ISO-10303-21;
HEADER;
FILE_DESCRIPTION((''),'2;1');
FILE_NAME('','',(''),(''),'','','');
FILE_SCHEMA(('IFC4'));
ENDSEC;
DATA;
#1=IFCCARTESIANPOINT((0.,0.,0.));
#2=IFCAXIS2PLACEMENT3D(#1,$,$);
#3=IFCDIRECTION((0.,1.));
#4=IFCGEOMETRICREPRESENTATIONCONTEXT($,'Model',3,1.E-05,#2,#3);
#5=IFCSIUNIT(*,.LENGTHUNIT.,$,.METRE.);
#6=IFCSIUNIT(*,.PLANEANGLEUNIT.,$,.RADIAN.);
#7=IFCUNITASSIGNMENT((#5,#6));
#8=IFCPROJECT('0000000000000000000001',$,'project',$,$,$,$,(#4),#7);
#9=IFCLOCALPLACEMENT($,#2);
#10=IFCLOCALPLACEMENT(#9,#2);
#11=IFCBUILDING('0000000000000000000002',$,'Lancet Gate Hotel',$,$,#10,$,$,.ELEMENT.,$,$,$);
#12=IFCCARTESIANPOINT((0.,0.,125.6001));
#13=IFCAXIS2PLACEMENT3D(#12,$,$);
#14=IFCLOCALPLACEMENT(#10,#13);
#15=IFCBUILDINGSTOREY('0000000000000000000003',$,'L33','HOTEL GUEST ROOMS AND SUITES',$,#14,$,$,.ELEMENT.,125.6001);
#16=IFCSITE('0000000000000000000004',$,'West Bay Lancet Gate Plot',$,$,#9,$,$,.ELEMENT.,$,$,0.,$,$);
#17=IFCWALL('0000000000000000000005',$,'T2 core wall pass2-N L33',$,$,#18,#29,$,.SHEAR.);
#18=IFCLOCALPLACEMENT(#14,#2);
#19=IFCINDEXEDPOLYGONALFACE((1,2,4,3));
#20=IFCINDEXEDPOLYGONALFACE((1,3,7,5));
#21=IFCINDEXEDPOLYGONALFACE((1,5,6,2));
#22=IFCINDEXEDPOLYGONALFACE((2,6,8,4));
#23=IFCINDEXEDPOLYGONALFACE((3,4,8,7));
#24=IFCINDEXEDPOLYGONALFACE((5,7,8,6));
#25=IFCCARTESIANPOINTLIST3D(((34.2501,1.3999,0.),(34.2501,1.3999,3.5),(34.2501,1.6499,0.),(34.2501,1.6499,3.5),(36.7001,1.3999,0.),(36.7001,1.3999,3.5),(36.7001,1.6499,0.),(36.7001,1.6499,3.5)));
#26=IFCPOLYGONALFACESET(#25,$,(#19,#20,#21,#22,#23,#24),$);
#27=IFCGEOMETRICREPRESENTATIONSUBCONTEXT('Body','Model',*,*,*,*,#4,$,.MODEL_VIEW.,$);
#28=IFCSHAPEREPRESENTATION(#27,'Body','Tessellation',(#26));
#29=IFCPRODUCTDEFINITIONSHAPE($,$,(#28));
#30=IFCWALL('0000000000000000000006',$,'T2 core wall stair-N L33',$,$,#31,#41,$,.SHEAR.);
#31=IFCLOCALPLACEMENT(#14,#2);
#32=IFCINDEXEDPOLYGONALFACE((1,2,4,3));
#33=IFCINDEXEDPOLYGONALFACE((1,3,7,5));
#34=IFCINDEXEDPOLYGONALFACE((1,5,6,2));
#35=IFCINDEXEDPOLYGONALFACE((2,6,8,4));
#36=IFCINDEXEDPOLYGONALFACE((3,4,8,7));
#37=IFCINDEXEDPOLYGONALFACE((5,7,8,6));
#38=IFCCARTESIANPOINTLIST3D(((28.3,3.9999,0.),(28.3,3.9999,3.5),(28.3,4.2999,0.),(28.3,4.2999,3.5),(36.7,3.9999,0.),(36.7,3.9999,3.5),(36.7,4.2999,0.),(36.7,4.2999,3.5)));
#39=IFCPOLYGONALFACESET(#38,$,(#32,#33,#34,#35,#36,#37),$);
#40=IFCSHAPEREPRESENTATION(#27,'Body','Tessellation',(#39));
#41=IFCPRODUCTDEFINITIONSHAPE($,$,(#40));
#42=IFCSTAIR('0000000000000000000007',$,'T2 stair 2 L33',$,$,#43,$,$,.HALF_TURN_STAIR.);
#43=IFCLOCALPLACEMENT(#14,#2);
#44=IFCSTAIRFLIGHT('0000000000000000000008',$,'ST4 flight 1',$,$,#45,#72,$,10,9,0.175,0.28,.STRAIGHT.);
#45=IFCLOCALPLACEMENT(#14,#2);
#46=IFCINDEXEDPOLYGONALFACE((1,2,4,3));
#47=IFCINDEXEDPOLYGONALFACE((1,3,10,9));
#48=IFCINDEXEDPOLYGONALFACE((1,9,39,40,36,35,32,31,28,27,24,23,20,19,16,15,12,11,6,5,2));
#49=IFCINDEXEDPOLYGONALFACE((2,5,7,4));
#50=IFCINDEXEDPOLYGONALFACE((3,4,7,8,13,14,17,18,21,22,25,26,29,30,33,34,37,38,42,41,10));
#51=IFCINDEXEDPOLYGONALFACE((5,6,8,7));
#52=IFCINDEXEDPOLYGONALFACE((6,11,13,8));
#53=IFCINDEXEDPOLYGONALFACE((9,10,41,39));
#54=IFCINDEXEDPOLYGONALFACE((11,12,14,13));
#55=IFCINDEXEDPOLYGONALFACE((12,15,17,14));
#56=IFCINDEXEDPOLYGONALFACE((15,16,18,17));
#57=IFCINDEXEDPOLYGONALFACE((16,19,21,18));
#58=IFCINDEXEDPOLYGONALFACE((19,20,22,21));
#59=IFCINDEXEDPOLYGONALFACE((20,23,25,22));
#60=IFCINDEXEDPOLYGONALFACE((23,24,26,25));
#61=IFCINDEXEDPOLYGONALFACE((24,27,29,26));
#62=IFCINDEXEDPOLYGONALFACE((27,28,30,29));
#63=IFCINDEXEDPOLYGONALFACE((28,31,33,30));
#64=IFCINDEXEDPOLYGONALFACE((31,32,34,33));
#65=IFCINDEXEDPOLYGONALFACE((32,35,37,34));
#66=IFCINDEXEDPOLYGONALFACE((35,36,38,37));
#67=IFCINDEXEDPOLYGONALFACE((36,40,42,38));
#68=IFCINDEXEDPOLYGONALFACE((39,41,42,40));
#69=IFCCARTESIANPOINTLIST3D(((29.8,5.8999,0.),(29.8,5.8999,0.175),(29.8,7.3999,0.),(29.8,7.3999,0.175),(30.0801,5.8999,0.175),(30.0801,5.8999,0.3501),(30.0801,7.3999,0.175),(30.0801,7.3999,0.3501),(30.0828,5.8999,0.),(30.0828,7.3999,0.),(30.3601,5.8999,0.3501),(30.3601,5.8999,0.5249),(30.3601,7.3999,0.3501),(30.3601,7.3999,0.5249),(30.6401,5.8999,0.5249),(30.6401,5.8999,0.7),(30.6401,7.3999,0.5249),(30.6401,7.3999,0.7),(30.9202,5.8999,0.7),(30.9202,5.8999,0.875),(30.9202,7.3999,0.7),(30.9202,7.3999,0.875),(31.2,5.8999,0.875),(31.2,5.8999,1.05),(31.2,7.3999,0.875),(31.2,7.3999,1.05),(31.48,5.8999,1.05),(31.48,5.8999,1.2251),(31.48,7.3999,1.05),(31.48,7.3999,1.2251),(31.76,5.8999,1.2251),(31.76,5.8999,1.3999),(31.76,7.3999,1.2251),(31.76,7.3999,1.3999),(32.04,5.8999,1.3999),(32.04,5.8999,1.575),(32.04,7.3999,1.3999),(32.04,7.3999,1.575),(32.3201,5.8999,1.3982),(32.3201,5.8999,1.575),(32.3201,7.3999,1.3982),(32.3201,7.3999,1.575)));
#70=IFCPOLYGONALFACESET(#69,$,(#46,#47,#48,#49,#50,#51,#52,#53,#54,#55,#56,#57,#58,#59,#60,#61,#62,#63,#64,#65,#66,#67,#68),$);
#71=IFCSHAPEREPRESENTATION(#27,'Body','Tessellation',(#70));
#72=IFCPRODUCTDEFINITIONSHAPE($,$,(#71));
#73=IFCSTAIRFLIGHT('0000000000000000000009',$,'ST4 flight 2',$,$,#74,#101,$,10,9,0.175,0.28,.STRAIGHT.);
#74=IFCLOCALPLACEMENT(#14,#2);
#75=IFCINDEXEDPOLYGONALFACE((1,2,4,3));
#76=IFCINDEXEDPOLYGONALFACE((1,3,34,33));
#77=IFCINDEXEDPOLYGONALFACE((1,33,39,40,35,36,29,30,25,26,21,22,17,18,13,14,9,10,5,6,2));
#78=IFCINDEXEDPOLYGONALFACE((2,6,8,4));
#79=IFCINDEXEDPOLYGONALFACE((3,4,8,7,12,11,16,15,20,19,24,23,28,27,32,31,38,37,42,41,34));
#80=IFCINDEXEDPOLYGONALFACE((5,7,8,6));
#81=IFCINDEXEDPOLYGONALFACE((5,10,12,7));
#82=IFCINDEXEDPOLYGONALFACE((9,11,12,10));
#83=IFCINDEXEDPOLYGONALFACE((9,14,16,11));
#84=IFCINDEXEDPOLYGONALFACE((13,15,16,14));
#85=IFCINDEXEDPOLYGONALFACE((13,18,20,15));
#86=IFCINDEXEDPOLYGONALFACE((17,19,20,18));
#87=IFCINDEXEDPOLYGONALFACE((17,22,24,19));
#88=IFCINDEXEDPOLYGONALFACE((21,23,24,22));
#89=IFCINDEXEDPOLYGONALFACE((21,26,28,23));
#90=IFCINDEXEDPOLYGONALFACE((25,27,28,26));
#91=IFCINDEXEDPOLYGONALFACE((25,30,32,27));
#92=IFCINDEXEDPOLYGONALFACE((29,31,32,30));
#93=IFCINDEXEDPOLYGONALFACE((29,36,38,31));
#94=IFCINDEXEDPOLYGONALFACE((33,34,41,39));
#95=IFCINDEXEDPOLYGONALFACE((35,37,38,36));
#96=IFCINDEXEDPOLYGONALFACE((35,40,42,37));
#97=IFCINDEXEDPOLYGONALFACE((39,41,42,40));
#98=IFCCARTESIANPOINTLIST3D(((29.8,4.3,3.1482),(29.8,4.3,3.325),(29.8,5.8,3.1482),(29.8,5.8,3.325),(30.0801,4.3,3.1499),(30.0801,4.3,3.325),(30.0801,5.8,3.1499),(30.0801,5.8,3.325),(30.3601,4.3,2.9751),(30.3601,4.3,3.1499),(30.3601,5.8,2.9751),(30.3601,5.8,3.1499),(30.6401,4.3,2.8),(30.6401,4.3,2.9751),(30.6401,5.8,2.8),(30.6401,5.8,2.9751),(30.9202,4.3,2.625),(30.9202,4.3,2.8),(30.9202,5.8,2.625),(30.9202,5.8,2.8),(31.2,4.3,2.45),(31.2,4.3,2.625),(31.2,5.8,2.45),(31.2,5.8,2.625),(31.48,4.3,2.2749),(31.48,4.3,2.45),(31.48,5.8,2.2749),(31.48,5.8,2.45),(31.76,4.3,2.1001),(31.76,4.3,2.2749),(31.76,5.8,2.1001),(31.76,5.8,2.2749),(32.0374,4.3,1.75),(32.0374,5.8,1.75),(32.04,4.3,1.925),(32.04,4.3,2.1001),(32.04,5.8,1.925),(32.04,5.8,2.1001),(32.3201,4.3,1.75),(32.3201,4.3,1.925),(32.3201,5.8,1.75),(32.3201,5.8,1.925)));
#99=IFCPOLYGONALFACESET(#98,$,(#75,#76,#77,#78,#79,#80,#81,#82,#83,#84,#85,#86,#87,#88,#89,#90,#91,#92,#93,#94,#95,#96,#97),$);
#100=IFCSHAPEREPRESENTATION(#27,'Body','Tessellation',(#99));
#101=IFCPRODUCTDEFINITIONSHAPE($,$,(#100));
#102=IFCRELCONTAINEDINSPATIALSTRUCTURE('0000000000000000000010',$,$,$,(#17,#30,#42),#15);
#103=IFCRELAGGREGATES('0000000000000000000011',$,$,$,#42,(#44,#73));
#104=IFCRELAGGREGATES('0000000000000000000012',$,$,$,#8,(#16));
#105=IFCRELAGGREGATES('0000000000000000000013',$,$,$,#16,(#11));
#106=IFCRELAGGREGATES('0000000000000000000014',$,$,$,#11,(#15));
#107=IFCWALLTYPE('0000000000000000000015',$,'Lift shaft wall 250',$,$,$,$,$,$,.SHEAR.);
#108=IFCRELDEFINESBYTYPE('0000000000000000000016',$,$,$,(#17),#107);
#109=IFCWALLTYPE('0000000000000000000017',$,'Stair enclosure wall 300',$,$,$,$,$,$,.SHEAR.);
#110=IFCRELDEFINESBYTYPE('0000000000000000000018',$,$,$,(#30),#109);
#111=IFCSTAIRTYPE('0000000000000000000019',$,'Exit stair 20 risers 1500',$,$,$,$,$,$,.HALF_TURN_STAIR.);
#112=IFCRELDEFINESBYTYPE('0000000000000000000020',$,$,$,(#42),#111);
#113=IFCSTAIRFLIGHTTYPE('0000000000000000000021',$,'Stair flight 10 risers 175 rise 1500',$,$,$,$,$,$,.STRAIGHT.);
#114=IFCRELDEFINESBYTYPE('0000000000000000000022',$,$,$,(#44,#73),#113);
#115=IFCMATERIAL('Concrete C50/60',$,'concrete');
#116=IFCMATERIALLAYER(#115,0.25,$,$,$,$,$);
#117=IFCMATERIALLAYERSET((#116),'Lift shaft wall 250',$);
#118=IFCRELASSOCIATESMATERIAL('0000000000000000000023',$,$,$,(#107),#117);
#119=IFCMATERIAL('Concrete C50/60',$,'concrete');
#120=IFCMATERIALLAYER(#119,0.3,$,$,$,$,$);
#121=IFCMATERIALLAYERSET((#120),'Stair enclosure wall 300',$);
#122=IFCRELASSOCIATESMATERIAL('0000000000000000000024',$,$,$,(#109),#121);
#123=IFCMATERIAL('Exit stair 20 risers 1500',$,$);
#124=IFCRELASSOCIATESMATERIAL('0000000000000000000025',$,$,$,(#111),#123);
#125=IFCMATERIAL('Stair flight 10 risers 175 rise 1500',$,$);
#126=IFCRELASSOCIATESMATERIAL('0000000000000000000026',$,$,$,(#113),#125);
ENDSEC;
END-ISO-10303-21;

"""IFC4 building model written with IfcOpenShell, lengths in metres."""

from ifc_helpers import new_model, si_unit, direction, frame, frame_2d, origin, place, context, subcontext, project, spatial, polyline, rectangle, outline, extrude, material, layer, layer_set, type_object, element, aggregate, save


model = new_model("IFC4")

# Units and contexts
model_context = context("Model", 3, precision=1e-05, world=origin(), true_north=direction((0.0, 1.0)))
body_context = subcontext(model_context, "Body", "Model", "MODEL_VIEW")
ifc_project = project(units=[si_unit("LENGTHUNIT", "METRE"), si_unit("PLANEANGLEUNIT", "RADIAN")], contexts=[model_context])

# Site, building, storey
site_placement = place(None, origin())
site = spatial("IfcSite", under=ifc_project, at=site_placement, Name="West Bay Lancet Gate Plot", CompositionType="ELEMENT", RefElevation=0.0)
building_placement = place(site_placement, origin())
building = spatial("IfcBuilding", under=site, at=building_placement, Name="Lancet Gate Hotel", CompositionType="ELEMENT")
storey_placement = place(building_placement, frame((0.0, 0.0, 125.6001)))
storey = spatial("IfcBuildingStorey", under=building, at=storey_placement, Name="L33", Description="HOTEL GUEST ROOMS AND SUITES", CompositionType="ELEMENT", Elevation=125.6001)

# Shared definitions
ifc_material_1 = material(Name="Concrete C50/60", Category="concrete")
ifc_layer_1 = layer(ifc_material_1, 0.25)
ifc_layer_set_1 = layer_set([ifc_layer_1], Name="Lift shaft wall 250")
wall_type_1 = type_object("IfcWallType", Name="Lift shaft wall 250", PredefinedType="SHEAR", material=ifc_layer_set_1)

# Walls
wall_1_placement = place(storey_placement, frame((34.25, 1.5249, 0.0), z_axis=(0.0, 0.0, 1.0), x_axis=(1.0, 0.0, 0.0)))
element("IfcWall", 1, at=wall_1_placement, inside=storey, type_object=wall_type_1, Name="T2 core wall pass2-N L33", PredefinedType="SHEAR", context=body_context, shape_type="SweptSolid", body=[
    extrude(rectangle(XDim=2.45, YDim=0.25, at=frame_2d((1.2251, 0.0))), origin(), (0.0, 0.0, 1.0), 3.5),
])
ifc_material_2 = material(Name="Concrete C50/60", Category="concrete")
ifc_layer_2 = layer(ifc_material_2, 0.3)
ifc_layer_set_2 = layer_set([ifc_layer_2], Name="Stair enclosure wall 300")
wall_type_2 = type_object("IfcWallType", Name="Stair enclosure wall 300", PredefinedType="SHEAR", material=ifc_layer_set_2)
wall_2_placement = place(storey_placement, frame((28.3, 4.1499, 0.0), z_axis=(0.0, 0.0, 1.0), x_axis=(1.0, 0.0, 0.0)))
element("IfcWall", 2, at=wall_2_placement, inside=storey, type_object=wall_type_2, Name="T2 core wall stair-N L33", PredefinedType="SHEAR", context=body_context, shape_type="SweptSolid", body=[
    extrude(rectangle(XDim=8.3999, YDim=0.3, at=frame_2d((4.2, 0.0))), origin(), (0.0, 0.0, 1.0), 3.5),
])

# Stair, stair flights
ifc_material_3 = material(Name="Exit stair 20 risers 1500")
stair_type = type_object("IfcStairType", Name="Exit stair 20 risers 1500", PredefinedType="HALF_TURN_STAIR", material=ifc_material_3)
stair_placement = place(storey_placement, origin())
stair = element("IfcStair", 3, at=stair_placement, inside=storey, type_object=stair_type, Name="T2 stair 2 L33", PredefinedType="HALF_TURN_STAIR")
ifc_material_4 = material(Name="Stair flight 10 risers 175 rise 1500")
stair_flight_type = type_object("IfcStairFlightType", Name="Stair flight 10 risers 175 rise 1500", PredefinedType="STRAIGHT", material=ifc_material_4)
stair_flight_1_placement = place(storey_placement, frame((29.8, 6.6499, 0.0), z_axis=(0.0, 0.0, 1.0), x_axis=(1.0, 0.0, 0.0)))
stair_flight_1 = element("IfcStairFlight", 4, at=stair_flight_1_placement, type_object=stair_flight_type, Name="ST4 flight 1", NumberOfRisers=10, NumberOfTreads=9, PredefinedType="STRAIGHT", RiserHeight=0.175, TreadLength=0.28, context=body_context, shape_type="SweptSolid", body=[
    extrude(outline(polyline([(0.0, 0.0), (0.0, 0.175), (0.28, 0.175), (0.28, 0.3501), (0.5601, 0.3501), (0.5601, 0.5249), (0.8401, 0.5249), (0.8401, 0.7), (1.1201, 0.7), (1.1201, 0.875), (1.3999, 0.875), (1.3999, 1.05), (1.6799, 1.05), (1.6799, 1.2251), (1.96, 1.2251), (1.96, 1.3999), (2.24, 1.3999), (2.24, 1.575), (2.52, 1.575), (2.52, 1.75), (2.52, 1.3982), (0.2827, 0.0), (0.0, 0.0)])), frame((0.0, 0.75, 0.0), z_axis=(0.0, -1.0, 0.0), x_axis=(1.0, 0.0, 0.0)), (0.0, 0.0, 1.0), 1.5),
])
stair_flight_2_placement = place(storey_placement, frame((32.3201, 5.05, 1.75), z_axis=(0.0, 0.0, 1.0), x_axis=(-1.0, 0.0, 0.0)))
stair_flight_2 = element("IfcStairFlight", 5, at=stair_flight_2_placement, type_object=stair_flight_type, Name="ST4 flight 2", NumberOfRisers=10, NumberOfTreads=9, PredefinedType="STRAIGHT", RiserHeight=0.175, TreadLength=0.28, context=body_context, shape_type="SweptSolid", body=[
    extrude(outline(polyline([(0.0, 0.0), (0.0, 0.175), (0.28, 0.175), (0.28, 0.3501), (0.5601, 0.3501), (0.5601, 0.5249), (0.8401, 0.5249), (0.8401, 0.7), (1.1201, 0.7), (1.1201, 0.875), (1.3999, 0.875), (1.3999, 1.05), (1.6799, 1.05), (1.6799, 1.2251), (1.96, 1.2251), (1.96, 1.3999), (2.24, 1.3999), (2.24, 1.575), (2.52, 1.575), (2.52, 1.75), (2.52, 1.3982), (0.2827, 0.0), (0.0, 0.0)])), frame((0.0, 0.75, 0.0), z_axis=(0.0, -1.0, 0.0), x_axis=(1.0, 0.0, 0.0)), (0.0, 0.0, 1.0), 1.5),
])
aggregate(stair, [stair_flight_1, stair_flight_2])

save(model, "model.ifc")
